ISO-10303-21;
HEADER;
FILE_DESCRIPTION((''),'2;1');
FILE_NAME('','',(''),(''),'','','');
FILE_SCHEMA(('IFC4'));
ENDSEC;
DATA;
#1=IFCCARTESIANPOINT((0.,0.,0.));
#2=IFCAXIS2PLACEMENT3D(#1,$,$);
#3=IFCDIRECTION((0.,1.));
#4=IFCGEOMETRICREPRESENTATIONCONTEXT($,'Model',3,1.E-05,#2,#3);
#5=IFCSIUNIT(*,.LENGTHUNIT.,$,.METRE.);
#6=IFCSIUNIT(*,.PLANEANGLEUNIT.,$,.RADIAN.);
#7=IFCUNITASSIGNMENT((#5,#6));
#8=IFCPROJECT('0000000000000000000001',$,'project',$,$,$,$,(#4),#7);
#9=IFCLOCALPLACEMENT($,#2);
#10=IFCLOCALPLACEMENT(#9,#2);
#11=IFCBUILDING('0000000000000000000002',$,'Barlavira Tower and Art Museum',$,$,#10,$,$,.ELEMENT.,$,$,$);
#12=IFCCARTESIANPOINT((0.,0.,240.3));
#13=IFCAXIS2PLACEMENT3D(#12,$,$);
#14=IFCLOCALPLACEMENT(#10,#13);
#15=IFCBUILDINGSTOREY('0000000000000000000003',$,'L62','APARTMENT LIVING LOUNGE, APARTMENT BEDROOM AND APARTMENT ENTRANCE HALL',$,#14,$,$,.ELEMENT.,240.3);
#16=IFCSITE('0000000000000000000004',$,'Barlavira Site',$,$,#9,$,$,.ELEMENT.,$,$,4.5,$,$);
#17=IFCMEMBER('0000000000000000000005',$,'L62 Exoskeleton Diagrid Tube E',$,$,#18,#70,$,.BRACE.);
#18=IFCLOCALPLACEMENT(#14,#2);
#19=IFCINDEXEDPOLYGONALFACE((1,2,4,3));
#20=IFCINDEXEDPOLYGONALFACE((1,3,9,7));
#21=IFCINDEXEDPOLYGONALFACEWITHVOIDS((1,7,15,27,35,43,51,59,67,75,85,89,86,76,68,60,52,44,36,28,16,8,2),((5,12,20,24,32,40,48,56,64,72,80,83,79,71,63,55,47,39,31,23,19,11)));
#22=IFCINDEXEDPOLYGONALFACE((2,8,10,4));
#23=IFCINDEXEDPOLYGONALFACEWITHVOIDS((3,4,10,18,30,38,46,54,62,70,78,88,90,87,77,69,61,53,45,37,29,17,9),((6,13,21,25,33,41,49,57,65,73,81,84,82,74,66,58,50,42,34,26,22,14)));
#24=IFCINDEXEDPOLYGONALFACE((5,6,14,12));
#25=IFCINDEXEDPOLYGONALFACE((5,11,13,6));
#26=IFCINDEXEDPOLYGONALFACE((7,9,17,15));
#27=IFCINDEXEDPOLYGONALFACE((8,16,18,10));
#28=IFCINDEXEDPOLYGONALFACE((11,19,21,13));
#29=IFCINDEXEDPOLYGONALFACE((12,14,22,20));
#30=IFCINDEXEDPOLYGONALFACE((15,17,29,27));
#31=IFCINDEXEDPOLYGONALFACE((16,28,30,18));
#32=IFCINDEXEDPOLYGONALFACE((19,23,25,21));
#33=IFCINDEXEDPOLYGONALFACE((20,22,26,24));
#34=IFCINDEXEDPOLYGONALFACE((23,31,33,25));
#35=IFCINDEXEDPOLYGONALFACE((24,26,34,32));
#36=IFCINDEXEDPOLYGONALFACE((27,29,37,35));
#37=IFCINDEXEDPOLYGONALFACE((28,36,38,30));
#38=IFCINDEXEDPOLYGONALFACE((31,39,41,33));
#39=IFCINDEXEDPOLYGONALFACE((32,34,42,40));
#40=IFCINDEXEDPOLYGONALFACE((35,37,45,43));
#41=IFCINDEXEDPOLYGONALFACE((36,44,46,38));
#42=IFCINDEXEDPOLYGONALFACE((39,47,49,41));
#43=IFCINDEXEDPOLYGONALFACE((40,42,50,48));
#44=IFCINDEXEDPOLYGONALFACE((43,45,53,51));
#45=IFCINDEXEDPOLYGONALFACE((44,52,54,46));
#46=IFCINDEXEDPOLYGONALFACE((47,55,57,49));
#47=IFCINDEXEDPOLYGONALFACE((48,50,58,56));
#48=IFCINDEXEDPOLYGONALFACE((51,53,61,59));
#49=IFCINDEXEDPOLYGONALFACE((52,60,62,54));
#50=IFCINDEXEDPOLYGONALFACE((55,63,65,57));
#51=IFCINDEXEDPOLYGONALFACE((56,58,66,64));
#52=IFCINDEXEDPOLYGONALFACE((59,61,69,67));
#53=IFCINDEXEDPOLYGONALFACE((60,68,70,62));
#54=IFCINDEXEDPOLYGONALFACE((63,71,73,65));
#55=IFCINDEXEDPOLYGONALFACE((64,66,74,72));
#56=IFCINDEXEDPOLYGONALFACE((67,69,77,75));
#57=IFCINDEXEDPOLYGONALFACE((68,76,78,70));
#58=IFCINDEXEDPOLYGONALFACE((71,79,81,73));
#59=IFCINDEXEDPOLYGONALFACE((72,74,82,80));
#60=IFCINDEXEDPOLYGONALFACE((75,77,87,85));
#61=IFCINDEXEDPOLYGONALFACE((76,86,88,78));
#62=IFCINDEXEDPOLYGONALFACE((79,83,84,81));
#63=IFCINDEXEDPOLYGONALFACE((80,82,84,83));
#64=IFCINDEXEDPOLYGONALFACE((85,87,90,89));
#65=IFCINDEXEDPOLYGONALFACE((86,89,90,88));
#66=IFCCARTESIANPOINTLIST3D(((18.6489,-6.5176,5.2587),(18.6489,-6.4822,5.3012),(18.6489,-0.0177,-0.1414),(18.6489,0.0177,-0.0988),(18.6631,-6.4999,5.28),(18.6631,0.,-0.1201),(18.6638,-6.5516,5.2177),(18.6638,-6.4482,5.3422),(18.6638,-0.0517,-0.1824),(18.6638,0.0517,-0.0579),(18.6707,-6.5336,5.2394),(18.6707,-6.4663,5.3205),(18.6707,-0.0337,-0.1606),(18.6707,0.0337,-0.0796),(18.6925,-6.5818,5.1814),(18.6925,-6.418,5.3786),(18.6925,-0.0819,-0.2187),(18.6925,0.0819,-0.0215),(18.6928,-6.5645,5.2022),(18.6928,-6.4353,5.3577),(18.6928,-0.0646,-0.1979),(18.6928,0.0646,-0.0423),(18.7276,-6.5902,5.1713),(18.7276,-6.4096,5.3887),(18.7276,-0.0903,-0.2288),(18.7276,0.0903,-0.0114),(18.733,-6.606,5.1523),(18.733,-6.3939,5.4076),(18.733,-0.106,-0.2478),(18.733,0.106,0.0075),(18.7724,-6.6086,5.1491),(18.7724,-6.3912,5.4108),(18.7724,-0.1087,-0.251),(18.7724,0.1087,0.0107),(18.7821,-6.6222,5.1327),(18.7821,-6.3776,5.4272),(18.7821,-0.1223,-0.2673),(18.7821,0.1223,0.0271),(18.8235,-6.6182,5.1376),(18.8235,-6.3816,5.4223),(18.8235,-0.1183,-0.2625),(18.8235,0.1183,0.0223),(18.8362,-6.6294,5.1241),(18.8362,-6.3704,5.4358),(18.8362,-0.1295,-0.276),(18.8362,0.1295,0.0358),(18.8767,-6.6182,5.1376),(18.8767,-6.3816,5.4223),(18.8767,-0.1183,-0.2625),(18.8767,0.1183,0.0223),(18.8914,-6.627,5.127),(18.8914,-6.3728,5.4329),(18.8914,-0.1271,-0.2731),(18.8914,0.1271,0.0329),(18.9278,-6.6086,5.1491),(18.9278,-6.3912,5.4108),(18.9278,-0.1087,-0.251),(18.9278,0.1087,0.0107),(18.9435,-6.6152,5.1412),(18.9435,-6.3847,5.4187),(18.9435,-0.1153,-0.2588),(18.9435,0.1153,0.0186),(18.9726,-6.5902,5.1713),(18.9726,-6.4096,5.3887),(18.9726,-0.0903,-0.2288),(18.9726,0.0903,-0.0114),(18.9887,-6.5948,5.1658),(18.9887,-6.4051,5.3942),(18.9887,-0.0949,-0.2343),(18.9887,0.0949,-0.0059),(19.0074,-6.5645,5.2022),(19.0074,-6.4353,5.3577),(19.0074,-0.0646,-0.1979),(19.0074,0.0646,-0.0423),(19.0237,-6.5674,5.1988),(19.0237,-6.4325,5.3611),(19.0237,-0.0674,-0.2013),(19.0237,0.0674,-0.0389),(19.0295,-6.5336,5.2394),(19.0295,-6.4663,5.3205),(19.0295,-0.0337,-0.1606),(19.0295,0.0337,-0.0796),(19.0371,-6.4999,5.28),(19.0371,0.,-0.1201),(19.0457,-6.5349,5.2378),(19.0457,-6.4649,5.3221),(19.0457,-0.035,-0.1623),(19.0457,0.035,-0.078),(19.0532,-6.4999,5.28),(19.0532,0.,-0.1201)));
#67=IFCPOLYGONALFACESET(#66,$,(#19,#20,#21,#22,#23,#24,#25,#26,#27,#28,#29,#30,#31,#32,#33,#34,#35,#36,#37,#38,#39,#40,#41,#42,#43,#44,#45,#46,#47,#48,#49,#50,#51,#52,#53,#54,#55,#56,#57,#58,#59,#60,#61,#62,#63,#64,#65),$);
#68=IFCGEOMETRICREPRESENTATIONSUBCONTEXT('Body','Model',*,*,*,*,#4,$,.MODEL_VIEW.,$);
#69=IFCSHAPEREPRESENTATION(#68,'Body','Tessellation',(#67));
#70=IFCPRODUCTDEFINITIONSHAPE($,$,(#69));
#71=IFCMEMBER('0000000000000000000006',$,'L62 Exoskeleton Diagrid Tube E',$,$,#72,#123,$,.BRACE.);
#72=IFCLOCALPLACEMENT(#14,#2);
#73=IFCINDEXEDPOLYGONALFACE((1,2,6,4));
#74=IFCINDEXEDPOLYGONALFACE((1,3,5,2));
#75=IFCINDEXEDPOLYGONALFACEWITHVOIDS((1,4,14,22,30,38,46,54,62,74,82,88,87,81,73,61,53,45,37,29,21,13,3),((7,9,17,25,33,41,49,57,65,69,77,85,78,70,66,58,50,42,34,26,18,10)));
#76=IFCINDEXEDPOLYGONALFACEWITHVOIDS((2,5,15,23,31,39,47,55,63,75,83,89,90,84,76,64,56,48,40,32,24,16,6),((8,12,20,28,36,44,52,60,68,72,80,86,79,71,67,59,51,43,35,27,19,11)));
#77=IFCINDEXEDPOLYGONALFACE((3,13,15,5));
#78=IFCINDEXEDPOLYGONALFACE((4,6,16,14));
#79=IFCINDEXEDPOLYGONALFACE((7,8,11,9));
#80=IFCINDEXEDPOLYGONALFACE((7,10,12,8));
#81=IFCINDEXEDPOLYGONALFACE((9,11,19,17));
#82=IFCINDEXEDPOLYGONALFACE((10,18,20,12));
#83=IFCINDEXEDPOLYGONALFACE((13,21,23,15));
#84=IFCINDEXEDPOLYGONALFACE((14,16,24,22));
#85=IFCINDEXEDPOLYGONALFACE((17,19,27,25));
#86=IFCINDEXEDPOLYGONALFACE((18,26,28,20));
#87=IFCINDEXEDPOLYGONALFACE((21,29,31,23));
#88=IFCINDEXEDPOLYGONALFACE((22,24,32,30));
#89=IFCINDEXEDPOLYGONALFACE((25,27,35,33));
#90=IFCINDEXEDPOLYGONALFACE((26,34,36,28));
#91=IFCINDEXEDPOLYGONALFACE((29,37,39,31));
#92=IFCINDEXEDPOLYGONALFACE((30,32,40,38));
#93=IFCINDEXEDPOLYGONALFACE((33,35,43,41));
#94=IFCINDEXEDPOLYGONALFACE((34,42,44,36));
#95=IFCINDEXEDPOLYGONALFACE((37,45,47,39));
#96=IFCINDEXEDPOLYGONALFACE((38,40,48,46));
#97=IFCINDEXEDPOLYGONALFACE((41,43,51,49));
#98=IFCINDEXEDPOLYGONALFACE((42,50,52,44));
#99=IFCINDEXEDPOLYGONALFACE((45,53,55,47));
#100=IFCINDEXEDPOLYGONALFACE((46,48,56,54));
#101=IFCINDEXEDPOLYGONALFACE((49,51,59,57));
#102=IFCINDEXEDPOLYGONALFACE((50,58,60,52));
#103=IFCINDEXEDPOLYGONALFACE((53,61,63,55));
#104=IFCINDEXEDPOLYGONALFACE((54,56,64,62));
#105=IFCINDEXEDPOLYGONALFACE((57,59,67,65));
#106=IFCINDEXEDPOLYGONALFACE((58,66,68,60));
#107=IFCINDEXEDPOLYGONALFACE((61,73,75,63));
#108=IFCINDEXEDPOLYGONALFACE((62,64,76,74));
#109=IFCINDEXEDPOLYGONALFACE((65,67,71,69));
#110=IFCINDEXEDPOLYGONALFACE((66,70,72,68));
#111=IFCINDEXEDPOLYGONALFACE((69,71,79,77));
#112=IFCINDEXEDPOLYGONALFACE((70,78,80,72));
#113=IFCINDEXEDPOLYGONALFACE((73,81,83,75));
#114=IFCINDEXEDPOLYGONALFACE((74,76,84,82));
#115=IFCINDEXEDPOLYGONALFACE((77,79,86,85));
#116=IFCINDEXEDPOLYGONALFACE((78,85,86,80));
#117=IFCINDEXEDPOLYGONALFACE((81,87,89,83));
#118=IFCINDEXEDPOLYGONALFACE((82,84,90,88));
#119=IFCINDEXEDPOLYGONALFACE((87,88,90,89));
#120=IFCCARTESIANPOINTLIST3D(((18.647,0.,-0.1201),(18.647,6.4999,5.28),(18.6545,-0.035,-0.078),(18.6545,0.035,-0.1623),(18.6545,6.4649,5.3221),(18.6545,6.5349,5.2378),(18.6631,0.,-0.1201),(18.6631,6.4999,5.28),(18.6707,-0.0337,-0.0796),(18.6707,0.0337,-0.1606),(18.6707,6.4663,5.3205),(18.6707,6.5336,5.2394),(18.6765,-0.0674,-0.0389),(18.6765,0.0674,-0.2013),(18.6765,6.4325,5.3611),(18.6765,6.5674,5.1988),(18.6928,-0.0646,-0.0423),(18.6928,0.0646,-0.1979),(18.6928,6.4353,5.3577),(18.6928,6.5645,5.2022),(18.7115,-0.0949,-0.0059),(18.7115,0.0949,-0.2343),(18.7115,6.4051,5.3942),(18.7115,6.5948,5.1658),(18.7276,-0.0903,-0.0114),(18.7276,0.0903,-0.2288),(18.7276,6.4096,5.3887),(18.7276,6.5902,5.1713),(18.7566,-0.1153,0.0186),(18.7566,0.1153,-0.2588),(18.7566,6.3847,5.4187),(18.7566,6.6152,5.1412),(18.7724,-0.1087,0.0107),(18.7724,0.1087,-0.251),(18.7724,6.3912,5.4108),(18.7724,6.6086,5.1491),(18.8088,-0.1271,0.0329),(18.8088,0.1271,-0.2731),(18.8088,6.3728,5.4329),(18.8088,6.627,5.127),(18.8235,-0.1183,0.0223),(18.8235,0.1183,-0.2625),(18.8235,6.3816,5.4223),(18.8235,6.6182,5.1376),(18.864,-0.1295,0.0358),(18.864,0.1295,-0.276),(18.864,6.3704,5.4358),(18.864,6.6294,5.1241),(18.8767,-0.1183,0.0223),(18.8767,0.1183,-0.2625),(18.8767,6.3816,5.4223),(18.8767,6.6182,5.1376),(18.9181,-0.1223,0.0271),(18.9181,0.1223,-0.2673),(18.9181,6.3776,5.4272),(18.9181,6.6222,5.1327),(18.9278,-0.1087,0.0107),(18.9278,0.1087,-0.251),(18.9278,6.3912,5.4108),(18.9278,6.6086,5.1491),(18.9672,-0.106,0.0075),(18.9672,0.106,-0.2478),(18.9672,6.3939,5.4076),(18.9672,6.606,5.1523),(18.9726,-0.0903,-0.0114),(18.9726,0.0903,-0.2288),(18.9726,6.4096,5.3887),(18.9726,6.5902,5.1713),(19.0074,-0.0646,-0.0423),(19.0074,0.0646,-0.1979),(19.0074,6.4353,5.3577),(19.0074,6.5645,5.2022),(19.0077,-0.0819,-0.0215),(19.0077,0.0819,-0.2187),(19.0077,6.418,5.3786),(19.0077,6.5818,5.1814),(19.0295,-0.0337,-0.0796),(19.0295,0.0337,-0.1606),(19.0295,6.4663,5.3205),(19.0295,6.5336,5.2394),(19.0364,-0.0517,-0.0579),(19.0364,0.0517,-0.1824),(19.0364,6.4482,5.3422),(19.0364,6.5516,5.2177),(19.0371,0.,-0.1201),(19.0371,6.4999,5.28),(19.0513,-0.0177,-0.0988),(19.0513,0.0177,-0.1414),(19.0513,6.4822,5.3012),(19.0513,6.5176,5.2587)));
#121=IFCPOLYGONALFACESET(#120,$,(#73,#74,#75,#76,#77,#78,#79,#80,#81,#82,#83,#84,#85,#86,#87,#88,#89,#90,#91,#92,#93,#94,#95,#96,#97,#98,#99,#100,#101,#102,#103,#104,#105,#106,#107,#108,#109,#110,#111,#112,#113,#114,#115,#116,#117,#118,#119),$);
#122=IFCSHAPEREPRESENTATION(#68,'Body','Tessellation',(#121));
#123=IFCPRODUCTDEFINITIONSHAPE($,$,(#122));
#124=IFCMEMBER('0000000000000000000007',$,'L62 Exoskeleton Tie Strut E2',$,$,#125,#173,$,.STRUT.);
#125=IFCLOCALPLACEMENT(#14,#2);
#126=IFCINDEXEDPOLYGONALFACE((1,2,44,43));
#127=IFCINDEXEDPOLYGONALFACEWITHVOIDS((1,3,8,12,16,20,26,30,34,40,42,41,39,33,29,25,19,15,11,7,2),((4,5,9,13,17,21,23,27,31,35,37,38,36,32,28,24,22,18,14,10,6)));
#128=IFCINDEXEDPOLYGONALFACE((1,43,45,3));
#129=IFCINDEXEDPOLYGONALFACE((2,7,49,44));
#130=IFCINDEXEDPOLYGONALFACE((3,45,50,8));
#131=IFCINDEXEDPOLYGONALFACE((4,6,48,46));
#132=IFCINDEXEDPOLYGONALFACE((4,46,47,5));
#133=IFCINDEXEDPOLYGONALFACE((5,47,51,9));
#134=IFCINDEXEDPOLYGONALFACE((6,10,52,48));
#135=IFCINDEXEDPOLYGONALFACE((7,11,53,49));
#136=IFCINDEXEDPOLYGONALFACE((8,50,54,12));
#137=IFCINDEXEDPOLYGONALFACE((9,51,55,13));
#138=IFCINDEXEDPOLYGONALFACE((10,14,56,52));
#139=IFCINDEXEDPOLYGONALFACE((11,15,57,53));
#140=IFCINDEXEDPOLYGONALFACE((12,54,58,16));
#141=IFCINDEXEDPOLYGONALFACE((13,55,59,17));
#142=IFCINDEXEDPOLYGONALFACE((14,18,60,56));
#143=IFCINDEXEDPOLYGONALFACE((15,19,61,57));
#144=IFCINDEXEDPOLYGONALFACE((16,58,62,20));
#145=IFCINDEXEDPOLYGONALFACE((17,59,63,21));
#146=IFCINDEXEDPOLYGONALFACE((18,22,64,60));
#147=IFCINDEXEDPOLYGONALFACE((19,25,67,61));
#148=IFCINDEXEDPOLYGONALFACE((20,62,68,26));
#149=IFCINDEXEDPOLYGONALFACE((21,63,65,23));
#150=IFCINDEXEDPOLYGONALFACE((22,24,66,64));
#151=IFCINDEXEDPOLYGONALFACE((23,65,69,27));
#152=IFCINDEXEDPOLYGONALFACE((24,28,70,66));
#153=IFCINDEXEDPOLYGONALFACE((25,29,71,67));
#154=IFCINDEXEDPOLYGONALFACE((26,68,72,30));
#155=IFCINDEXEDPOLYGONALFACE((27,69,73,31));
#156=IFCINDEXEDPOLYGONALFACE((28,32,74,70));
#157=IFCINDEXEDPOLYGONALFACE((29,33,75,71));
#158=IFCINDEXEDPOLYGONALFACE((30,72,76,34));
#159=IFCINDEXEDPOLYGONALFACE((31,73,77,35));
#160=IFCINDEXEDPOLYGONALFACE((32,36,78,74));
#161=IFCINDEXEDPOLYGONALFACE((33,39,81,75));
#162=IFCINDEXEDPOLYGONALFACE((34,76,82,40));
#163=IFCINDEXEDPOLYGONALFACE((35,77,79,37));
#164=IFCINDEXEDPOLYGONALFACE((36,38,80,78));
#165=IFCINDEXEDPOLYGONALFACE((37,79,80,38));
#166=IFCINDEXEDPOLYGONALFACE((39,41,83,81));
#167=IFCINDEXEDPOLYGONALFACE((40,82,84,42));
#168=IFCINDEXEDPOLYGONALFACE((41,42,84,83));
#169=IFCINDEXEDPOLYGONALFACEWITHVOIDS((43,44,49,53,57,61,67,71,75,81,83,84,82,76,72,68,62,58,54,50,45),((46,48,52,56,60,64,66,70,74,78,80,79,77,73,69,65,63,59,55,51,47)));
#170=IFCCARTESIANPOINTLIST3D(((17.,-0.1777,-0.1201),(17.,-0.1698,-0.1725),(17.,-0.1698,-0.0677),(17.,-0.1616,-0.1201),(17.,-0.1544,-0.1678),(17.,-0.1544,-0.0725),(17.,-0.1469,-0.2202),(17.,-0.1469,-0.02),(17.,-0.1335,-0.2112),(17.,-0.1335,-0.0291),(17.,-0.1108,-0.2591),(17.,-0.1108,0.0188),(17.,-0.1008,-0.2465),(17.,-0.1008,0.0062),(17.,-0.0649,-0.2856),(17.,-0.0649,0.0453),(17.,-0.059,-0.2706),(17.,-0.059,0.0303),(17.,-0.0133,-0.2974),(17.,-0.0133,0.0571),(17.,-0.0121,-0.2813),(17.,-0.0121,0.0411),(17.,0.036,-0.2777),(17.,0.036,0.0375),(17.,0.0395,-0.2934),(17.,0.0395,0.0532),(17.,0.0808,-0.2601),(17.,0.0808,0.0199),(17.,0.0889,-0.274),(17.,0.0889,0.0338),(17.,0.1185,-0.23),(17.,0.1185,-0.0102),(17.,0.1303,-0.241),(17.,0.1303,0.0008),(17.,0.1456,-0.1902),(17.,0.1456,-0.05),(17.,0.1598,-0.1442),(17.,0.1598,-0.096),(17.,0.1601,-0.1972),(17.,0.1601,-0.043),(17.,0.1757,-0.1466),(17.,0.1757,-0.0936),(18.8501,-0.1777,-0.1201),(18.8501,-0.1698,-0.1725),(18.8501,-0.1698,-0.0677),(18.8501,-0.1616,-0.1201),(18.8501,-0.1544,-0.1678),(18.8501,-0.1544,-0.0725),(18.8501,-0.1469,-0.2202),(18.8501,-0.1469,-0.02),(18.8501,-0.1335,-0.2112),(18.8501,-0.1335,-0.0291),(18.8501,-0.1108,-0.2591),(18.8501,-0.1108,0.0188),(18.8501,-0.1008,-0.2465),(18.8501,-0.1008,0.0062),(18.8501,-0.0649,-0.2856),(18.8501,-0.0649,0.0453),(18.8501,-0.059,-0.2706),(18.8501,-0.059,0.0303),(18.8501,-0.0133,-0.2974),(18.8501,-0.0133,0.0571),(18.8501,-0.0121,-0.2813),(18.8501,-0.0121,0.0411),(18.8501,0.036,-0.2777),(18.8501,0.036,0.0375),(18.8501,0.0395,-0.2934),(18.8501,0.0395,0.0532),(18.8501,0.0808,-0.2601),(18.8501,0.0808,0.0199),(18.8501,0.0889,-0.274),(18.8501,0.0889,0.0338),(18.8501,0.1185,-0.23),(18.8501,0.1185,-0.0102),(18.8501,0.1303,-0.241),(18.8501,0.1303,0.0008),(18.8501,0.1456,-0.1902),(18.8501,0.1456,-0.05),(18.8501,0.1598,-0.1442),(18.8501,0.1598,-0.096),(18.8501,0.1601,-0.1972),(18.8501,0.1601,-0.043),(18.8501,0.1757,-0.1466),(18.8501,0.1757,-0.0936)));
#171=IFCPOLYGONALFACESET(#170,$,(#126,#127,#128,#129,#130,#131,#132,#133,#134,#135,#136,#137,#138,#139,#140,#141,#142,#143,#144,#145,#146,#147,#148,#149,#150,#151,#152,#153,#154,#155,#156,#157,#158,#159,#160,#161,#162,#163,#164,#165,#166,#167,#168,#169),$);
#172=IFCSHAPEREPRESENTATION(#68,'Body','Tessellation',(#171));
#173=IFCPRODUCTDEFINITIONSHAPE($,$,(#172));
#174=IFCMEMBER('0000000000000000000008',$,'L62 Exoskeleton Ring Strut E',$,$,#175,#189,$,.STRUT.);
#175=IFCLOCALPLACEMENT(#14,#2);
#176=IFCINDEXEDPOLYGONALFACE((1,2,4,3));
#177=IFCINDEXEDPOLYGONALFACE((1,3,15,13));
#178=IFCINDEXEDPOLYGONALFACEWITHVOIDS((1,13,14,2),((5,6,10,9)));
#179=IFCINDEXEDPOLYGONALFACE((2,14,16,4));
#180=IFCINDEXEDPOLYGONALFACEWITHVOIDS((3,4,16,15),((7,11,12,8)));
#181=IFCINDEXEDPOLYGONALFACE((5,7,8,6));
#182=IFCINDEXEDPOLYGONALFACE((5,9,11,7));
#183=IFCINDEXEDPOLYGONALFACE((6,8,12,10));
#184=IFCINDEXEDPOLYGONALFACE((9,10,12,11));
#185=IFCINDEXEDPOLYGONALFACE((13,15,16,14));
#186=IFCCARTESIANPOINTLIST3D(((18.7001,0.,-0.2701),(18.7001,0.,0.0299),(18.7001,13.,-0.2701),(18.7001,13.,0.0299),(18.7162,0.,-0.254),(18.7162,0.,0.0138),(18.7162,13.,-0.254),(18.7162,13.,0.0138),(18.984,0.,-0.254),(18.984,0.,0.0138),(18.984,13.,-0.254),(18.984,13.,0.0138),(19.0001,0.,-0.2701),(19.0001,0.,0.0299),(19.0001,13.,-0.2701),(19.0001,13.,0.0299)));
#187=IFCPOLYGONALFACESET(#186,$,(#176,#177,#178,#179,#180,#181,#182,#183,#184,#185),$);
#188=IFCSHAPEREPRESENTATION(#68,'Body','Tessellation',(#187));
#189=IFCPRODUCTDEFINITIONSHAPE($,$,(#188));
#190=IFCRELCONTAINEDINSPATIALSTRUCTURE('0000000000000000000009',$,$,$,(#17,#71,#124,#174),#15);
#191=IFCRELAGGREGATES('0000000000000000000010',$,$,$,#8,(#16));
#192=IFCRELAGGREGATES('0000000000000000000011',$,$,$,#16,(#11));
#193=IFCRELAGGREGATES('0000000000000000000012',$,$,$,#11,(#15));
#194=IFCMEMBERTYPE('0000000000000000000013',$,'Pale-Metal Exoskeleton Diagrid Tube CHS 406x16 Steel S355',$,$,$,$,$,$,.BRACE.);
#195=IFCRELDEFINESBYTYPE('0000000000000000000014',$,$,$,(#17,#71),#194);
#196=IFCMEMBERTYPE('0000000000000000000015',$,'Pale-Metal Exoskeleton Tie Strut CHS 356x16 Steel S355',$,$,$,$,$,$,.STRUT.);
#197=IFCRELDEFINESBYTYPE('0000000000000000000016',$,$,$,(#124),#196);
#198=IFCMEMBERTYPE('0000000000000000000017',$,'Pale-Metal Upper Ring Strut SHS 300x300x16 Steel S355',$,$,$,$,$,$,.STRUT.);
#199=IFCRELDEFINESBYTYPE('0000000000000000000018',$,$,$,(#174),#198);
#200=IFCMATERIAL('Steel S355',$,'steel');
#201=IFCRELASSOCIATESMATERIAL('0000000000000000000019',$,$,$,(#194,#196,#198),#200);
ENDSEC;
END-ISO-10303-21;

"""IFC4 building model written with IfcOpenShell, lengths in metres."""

from ifc_helpers import new_model, si_unit, direction, frame, origin, origin_2d, place, context, subcontext, project, spatial, hollow_rectangle, hollow_circle, extrude, material, material_profile, profile_set, type_object, element, save


model = new_model("IFC4")

# Units and contexts
model_context = context("Model", 3, precision=1e-05, world=origin(), true_north=direction((0.0, 1.0)))
body_context = subcontext(model_context, "Body", "Model", "MODEL_VIEW")
ifc_project = project(units=[si_unit("LENGTHUNIT", "METRE"), si_unit("PLANEANGLEUNIT", "RADIAN")], contexts=[model_context])

# Site, building, storey
site_placement = place(None, origin())
site = spatial("IfcSite", under=ifc_project, at=site_placement, Name="Barlavira Site", CompositionType="ELEMENT", RefElevation=4.5)
building_placement = place(site_placement, origin())
building = spatial("IfcBuilding", under=site, at=building_placement, Name="Barlavira Tower and Art Museum", CompositionType="ELEMENT")
storey_placement = place(building_placement, frame((0.0, 0.0, 240.3)))
storey = spatial("IfcBuildingStorey", under=building, at=storey_placement, Name="L62", Description="APARTMENT LIVING LOUNGE, APARTMENT BEDROOM AND APARTMENT ENTRANCE HALL", CompositionType="ELEMENT", Elevation=240.3)

# Members
ifc_material_1 = material(Name="Steel S355", Category="steel")
ifc_material_profile_1 = material_profile(ifc_material_1, hollow_circle(Radius=0.2031, WallThickness=0.0161, at=origin_2d()), Name="CHS 406.4x16.0")
ifc_profile_set_1 = profile_set([ifc_material_profile_1], Name="Steel S355")
member_type_1 = type_object("IfcMemberType", Name="Pale-Metal Exoskeleton Diagrid Tube CHS 406x16 Steel S355", PredefinedType="BRACE", material=ifc_profile_set_1)
for number, where, z_axis, x_axis, name in (
    (1, (18.8501, 0.0, -0.1201), (0.0, -0.769182, 0.63903), (1.0, 0.0, 0.0), "L62 Exoskeleton Diagrid Tube E"),
    (2, (18.8501, 0.0, -0.1201), (0.0, 0.769182, 0.63903), (-1.0, 0.0, 0.0), "L62 Exoskeleton Diagrid Tube E"),
):
    element("IfcMember", number, at=place(storey_placement, frame(where, z_axis=z_axis, x_axis=x_axis)), inside=storey, type_object=member_type_1, Name=name, PredefinedType="BRACE", context=body_context, shape_type="SweptSolid", body=[
        extrude(hollow_circle(Radius=0.2031, WallThickness=0.0161, at=origin_2d()), origin(), (0.0, 0.0, 1.0), 8.4504),
    ])
ifc_material_profile_2 = material_profile(ifc_material_1, hollow_circle(Radius=0.1777, WallThickness=0.0161, at=origin_2d()), Name="CHS 355.6x16.0")
ifc_profile_set_2 = profile_set([ifc_material_profile_2], Name="Steel S355")
member_type_2 = type_object("IfcMemberType", Name="Pale-Metal Exoskeleton Tie Strut CHS 356x16 Steel S355", PredefinedType="STRUT", material=ifc_profile_set_2)
member_1_placement = place(storey_placement, frame((18.8501, 0.0, -0.1201), z_axis=(-1.0, 0.0, 0.0), x_axis=(0.0, -1.0, 0.0)))
element("IfcMember", 3, at=member_1_placement, inside=storey, type_object=member_type_2, Name="L62 Exoskeleton Tie Strut E2", PredefinedType="STRUT", context=body_context, shape_type="SweptSolid", body=[
    extrude(hollow_circle(Radius=0.1777, WallThickness=0.0161, at=origin_2d()), origin(), (0.0, 0.0, 1.0), 1.8501),
])
ifc_material_profile_3 = material_profile(ifc_material_1, hollow_rectangle(XDim=0.3, YDim=0.3, WallThickness=0.0161, at=origin_2d()), Name="SHS 300x300x16.0")
ifc_profile_set_3 = profile_set([ifc_material_profile_3], Name="Steel S355")
member_type_3 = type_object("IfcMemberType", Name="Pale-Metal Upper Ring Strut SHS 300x300x16 Steel S355", PredefinedType="STRUT", material=ifc_profile_set_3)
member_2_placement = place(storey_placement, frame((18.8501, 0.0, -0.1201), z_axis=(0.0, 1.0, 0.0), x_axis=(-1.0, 0.0, 0.0)))
element("IfcMember", 4, at=member_2_placement, inside=storey, type_object=member_type_3, Name="L62 Exoskeleton Ring Strut E", PredefinedType="STRUT", context=body_context, shape_type="SweptSolid", body=[
    extrude(hollow_rectangle(XDim=0.3, YDim=0.3, WallThickness=0.0161, at=origin_2d()), origin(), (0.0, 0.0, 1.0), 13.0),
])

save(model, "model.ifc")
